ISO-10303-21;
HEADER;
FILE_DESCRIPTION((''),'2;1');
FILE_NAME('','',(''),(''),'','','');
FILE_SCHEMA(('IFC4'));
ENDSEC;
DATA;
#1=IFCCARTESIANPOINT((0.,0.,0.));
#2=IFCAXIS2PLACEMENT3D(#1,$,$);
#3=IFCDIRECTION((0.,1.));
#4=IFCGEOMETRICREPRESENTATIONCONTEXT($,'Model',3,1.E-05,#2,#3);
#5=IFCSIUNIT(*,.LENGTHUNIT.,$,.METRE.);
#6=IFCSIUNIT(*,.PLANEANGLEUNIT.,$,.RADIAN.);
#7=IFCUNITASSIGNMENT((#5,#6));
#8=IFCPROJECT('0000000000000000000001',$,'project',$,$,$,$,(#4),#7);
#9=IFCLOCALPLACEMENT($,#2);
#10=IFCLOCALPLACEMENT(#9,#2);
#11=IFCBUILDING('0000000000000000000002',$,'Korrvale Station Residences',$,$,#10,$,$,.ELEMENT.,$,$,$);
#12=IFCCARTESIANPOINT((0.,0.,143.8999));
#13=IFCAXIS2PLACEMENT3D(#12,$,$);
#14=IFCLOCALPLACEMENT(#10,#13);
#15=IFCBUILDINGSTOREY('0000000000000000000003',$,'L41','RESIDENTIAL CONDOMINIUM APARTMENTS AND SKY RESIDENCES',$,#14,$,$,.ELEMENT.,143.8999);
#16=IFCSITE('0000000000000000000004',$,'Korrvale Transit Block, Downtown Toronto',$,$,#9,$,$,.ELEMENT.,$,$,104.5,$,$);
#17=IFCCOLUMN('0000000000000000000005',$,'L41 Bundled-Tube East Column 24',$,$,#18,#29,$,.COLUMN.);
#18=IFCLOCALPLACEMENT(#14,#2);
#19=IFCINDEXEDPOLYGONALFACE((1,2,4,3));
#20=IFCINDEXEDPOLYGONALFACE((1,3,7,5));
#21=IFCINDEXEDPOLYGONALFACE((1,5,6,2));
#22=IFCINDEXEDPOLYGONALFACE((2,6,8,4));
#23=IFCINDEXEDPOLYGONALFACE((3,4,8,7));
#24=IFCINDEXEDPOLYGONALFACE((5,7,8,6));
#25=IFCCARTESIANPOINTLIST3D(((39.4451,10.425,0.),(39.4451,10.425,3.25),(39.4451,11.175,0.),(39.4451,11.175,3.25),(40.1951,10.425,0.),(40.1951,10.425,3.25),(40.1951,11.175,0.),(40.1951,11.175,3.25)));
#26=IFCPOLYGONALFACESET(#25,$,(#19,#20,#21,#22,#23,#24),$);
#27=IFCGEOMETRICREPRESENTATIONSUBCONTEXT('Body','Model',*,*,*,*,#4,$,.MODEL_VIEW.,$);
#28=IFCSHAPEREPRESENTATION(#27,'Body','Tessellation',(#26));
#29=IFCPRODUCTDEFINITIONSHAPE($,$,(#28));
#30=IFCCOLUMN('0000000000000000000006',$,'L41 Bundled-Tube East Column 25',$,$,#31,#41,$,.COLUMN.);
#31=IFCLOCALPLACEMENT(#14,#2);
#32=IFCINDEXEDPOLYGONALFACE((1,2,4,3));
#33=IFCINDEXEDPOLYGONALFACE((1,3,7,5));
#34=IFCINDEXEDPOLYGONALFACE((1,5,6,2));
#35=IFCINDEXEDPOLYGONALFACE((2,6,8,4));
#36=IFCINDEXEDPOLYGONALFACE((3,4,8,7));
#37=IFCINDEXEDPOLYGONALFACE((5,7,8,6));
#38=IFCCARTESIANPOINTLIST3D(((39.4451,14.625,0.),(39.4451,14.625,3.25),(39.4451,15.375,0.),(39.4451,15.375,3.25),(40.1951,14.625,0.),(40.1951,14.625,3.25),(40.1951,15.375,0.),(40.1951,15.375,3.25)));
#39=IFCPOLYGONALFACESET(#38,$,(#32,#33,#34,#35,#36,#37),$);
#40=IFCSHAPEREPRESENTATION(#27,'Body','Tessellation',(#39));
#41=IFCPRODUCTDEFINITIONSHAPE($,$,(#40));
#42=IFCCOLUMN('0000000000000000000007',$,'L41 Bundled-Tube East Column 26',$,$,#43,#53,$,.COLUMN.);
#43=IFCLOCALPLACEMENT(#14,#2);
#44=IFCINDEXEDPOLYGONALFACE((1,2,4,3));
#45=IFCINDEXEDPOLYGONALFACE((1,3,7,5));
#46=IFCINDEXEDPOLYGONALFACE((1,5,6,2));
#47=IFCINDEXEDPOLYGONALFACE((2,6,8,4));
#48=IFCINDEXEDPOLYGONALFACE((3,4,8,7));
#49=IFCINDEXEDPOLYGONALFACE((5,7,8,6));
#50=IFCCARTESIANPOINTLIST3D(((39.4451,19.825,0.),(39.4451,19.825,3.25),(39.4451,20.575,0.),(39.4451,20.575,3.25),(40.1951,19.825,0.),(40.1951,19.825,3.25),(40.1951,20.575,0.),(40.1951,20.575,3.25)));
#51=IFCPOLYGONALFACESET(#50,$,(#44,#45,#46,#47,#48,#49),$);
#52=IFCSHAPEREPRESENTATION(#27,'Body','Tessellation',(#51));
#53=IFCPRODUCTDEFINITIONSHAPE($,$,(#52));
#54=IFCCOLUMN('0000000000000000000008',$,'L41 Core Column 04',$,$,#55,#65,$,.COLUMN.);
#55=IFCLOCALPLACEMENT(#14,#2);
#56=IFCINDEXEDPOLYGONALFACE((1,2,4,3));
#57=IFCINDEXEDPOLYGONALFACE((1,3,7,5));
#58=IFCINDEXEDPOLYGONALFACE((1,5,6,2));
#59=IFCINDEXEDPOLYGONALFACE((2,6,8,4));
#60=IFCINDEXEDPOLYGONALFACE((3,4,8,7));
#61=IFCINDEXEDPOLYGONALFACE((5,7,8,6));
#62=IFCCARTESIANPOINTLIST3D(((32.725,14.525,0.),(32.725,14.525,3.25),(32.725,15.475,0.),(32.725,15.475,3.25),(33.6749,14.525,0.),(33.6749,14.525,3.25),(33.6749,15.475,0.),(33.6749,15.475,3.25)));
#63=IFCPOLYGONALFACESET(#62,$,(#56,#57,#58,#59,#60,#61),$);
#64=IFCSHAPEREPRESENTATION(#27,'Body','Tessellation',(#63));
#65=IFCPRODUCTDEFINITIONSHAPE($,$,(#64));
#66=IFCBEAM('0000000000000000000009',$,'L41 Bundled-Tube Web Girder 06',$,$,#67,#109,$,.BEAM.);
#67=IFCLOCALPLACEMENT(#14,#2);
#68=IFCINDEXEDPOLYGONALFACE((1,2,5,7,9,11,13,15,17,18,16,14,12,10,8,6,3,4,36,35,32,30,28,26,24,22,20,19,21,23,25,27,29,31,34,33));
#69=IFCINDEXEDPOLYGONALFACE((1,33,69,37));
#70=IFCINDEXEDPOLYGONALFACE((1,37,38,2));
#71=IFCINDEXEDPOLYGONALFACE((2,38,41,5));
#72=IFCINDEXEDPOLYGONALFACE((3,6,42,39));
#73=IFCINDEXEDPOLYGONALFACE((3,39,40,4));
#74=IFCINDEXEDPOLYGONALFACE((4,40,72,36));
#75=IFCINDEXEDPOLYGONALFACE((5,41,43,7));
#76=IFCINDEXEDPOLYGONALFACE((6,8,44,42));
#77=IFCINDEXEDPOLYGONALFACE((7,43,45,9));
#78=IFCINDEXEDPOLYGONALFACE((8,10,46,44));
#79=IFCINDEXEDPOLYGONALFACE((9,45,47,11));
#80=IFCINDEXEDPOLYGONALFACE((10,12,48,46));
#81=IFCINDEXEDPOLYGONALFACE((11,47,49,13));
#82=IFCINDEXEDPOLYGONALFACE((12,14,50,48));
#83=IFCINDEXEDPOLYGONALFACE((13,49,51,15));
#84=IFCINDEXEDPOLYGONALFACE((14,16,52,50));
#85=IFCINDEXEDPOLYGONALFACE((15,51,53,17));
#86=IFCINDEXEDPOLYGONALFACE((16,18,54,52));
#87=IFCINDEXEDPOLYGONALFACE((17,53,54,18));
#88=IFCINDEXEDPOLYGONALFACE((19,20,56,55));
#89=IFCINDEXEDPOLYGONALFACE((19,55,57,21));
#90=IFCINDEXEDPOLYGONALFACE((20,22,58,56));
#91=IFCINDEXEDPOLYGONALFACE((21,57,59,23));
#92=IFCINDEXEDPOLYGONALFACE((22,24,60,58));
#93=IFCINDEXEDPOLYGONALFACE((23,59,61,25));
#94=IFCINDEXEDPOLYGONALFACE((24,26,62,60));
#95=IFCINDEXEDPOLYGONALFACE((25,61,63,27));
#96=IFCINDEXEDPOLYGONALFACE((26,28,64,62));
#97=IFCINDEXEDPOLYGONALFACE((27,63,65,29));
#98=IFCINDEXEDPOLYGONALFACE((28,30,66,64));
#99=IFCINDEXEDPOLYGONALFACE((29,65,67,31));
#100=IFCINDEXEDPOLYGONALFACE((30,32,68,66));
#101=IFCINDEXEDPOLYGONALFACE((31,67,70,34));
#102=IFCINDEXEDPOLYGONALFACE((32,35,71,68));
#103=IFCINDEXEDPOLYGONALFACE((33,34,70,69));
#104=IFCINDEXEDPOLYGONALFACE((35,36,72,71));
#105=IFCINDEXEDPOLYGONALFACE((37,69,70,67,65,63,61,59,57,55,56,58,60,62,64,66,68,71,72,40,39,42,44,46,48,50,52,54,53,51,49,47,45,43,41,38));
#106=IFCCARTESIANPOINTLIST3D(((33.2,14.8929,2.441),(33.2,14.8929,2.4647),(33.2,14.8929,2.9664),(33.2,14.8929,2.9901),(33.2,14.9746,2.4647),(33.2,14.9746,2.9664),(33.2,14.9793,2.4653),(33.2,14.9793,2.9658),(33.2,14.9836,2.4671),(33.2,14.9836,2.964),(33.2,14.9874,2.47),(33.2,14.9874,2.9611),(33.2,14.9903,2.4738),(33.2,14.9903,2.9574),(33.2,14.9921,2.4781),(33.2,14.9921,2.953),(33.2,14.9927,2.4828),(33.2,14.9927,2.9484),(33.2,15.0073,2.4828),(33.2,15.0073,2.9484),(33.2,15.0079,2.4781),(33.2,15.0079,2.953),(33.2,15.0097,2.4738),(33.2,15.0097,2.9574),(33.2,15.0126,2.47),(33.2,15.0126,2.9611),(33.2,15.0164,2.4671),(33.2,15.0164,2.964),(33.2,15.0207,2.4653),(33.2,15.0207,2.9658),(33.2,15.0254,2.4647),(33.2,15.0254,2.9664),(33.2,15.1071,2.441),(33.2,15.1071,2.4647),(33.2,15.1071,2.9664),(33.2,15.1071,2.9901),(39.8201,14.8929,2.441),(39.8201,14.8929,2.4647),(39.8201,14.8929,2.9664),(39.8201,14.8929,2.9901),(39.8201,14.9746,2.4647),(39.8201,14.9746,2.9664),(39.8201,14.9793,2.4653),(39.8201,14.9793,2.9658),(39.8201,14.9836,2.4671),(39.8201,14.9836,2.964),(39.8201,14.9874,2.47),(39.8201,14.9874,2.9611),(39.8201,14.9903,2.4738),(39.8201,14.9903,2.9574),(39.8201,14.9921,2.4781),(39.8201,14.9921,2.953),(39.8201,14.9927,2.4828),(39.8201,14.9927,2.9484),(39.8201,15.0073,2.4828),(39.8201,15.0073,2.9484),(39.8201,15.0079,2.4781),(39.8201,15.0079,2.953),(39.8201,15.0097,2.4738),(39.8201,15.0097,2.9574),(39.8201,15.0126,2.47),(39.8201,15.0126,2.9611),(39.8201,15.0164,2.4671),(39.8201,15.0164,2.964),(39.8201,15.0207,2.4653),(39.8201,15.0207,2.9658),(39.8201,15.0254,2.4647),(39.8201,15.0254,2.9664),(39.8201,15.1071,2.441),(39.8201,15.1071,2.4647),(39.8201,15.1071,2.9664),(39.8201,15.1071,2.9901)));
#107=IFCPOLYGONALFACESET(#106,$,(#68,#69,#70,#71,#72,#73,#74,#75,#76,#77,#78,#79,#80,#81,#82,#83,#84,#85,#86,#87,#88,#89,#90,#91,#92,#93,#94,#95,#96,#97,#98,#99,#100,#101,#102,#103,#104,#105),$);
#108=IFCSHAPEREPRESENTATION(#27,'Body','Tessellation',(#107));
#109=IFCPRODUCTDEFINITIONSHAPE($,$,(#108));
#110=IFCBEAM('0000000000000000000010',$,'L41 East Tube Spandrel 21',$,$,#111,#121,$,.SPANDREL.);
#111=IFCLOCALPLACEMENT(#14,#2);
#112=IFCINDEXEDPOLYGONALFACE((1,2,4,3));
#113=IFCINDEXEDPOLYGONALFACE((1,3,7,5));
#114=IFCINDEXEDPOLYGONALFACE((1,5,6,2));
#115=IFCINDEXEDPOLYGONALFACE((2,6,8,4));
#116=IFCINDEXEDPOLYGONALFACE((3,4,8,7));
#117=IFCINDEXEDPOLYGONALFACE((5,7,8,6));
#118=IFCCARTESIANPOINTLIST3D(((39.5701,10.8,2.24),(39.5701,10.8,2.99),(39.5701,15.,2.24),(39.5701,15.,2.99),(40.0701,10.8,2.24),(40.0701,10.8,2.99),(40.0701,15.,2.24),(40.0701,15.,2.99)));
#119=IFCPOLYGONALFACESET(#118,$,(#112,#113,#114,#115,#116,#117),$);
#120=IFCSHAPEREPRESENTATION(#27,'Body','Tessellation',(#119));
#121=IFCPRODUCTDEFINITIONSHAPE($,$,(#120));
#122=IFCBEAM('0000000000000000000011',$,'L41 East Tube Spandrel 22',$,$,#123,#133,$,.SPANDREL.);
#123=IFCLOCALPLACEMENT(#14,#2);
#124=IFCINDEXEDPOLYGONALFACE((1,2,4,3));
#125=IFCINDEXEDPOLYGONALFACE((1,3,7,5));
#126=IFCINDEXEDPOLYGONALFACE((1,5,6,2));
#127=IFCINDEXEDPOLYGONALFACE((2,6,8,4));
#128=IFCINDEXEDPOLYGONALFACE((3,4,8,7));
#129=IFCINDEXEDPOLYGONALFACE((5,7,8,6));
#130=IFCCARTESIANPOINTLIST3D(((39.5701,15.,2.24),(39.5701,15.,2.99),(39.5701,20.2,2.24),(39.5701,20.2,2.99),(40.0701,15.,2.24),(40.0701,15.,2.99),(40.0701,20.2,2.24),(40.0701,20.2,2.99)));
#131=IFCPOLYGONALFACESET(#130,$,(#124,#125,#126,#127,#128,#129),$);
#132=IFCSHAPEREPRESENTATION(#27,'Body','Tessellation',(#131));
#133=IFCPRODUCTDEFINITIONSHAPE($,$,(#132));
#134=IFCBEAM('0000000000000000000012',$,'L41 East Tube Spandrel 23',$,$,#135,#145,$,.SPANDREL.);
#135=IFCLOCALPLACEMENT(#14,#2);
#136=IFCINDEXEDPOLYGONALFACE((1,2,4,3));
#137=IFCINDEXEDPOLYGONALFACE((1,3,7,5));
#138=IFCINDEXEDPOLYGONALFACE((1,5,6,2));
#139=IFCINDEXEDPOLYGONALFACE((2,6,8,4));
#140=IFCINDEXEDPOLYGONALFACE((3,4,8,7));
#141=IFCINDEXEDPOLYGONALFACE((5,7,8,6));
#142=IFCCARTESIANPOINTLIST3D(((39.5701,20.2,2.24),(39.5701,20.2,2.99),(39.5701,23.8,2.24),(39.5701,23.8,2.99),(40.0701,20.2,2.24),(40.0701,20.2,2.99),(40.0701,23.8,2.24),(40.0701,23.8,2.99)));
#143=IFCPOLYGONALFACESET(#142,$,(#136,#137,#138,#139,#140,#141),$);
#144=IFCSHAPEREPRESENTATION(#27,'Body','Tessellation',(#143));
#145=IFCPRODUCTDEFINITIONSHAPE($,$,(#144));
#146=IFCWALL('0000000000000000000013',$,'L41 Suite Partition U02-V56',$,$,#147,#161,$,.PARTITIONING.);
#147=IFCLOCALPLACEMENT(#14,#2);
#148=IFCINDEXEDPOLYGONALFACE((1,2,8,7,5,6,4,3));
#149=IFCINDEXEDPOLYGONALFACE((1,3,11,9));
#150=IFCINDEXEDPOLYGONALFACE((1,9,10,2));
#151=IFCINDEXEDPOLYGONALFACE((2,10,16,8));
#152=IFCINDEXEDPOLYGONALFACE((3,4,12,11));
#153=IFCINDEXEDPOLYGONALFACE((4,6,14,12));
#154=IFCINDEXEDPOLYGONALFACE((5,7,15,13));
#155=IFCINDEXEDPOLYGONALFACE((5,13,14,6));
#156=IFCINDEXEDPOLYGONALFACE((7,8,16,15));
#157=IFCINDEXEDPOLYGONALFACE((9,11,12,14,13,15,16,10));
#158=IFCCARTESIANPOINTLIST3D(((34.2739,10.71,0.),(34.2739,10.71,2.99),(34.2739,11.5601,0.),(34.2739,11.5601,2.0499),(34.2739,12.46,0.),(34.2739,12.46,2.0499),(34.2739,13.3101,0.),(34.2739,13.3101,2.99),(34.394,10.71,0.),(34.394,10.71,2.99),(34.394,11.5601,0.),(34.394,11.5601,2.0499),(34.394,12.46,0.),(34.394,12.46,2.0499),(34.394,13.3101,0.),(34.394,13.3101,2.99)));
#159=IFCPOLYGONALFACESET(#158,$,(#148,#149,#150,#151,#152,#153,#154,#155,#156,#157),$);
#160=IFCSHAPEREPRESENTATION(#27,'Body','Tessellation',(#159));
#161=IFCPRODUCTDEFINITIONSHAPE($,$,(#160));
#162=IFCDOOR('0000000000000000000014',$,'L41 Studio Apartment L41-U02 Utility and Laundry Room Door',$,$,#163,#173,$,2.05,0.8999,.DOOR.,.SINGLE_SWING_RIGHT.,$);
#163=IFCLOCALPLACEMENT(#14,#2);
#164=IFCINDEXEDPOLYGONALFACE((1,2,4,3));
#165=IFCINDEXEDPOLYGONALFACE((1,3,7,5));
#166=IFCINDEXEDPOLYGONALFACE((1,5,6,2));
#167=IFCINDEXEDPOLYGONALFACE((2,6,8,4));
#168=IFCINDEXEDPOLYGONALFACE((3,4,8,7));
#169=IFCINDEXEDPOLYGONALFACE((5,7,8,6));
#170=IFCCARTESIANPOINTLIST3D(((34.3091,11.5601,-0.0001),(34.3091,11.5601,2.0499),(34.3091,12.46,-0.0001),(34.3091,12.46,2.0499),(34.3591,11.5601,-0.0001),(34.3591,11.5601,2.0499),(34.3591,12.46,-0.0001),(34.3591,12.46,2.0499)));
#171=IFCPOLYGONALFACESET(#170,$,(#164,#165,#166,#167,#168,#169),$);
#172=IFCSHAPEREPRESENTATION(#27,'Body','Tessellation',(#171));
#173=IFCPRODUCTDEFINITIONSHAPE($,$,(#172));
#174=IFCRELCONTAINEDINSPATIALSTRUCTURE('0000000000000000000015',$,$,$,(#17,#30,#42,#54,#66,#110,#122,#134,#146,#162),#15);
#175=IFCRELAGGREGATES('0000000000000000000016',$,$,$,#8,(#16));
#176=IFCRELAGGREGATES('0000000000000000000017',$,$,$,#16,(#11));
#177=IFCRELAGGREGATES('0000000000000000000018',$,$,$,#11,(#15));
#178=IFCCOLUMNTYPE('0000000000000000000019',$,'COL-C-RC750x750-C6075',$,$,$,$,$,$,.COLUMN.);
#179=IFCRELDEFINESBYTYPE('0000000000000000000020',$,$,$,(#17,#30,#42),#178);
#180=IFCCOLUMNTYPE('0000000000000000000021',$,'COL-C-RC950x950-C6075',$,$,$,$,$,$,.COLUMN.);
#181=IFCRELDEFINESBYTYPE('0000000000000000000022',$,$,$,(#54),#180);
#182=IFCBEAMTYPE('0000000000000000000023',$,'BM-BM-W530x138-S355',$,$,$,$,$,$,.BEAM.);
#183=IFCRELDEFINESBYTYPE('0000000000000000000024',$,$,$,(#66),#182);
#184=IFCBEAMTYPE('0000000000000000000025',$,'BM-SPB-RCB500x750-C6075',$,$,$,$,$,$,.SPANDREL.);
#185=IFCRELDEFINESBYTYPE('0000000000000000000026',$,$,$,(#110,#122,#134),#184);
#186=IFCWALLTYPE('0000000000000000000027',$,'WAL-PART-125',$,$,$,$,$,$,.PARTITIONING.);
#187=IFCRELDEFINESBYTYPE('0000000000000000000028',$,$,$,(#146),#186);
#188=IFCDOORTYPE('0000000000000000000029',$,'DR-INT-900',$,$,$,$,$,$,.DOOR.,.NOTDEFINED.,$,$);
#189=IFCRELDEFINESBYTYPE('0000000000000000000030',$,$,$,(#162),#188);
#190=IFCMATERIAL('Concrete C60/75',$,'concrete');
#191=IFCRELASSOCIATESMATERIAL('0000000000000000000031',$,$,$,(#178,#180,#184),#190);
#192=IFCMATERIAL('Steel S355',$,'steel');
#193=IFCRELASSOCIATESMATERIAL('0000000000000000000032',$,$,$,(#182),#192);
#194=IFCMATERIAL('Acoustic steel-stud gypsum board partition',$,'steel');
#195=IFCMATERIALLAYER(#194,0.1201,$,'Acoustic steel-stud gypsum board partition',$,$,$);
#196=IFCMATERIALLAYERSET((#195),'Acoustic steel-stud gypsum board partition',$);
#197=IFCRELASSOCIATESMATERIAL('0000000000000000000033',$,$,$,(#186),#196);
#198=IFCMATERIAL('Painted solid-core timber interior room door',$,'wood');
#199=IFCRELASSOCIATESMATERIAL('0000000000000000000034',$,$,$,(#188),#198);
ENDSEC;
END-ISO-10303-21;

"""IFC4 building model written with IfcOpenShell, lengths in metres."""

from ifc_helpers import new_model, si_unit, direction, frame, frame_2d, origin, origin_2d, place, context, subcontext, project, spatial, rectangle, i_section, extrude, material, layer, layer_set, material_profile, profile_set, type_object, element, fill, save


model = new_model("IFC4")

# Units and contexts
model_context = context("Model", 3, precision=1e-05, world=origin(), true_north=direction((0.0, 1.0)))
body_context = subcontext(model_context, "Body", "Model", "MODEL_VIEW")
ifc_project = project(units=[si_unit("LENGTHUNIT", "METRE"), si_unit("PLANEANGLEUNIT", "RADIAN")], contexts=[model_context])

# Site, building, storey
site_placement = place(None, origin())
site = spatial("IfcSite", under=ifc_project, at=site_placement, Name="Korrvale Transit Block, Downtown Toronto", CompositionType="ELEMENT", RefElevation=104.5)
building_placement = place(site_placement, origin())
building = spatial("IfcBuilding", under=site, at=building_placement, Name="Korrvale Station Residences", CompositionType="ELEMENT")
storey_placement = place(building_placement, frame((0.0, 0.0, 143.8999)))
storey = spatial("IfcBuildingStorey", under=building, at=storey_placement, Name="L41", Description="RESIDENTIAL CONDOMINIUM APARTMENTS AND SKY RESIDENCES", CompositionType="ELEMENT", Elevation=143.8999)

# Columns
ifc_material_1 = material(Name="Concrete C60/75", Category="concrete")
ifc_material_profile_1 = material_profile(ifc_material_1, rectangle(XDim=0.75, YDim=0.75, at=origin_2d()), Name="RC750x750")
ifc_profile_set_1 = profile_set([ifc_material_profile_1], Name="Concrete C60/75")
column_type_1 = type_object("IfcColumnType", Name="COL-C-RC750x750-C6075", PredefinedType="COLUMN", material=ifc_profile_set_1)
for number, where, z_axis, x_axis, name in (
    (1, (39.8201, 10.8, 0.0), (0.0, 0.0, 1.0), (1.0, 0.0, 0.0), "L41 Bundled-Tube East Column 24"),
    (2, (39.8201, 15.0, 0.0), (0.0, 0.0, 1.0), (1.0, 0.0, 0.0), "L41 Bundled-Tube East Column 25"),
    (3, (39.8201, 20.2, 0.0), (0.0, 0.0, 1.0), (1.0, 0.0, 0.0), "L41 Bundled-Tube East Column 26"),
):
    element("IfcColumn", number, at=place(storey_placement, frame(where, z_axis=z_axis, x_axis=x_axis)), inside=storey, type_object=column_type_1, Name=name, PredefinedType="COLUMN", context=body_context, shape_type="SweptSolid", body=[
        extrude(rectangle(XDim=0.75, YDim=0.75, at=origin_2d()), origin(), (0.0, 0.0, 1.0), 3.25),
    ])
ifc_material_profile_2 = material_profile(ifc_material_1, rectangle(XDim=0.95, YDim=0.95, at=origin_2d()), Name="RC950x950")
ifc_profile_set_2 = profile_set([ifc_material_profile_2], Name="Concrete C60/75")
column_type_2 = type_object("IfcColumnType", Name="COL-C-RC950x950-C6075", PredefinedType="COLUMN", material=ifc_profile_set_2)
column_placement = place(storey_placement, frame((33.2, 15.0, 0.0), z_axis=(0.0, 0.0, 1.0), x_axis=(1.0, 0.0, 0.0)))
element("IfcColumn", 4, at=column_placement, inside=storey, type_object=column_type_2, Name="L41 Core Column 04", PredefinedType="COLUMN", context=body_context, shape_type="SweptSolid", body=[
    extrude(rectangle(XDim=0.95, YDim=0.95, at=origin_2d()), origin(), (0.0, 0.0, 1.0), 3.25),
])

# Beams
ifc_material_2 = material(Name="Steel S355", Category="steel")
ifc_material_profile_3 = material_profile(ifc_material_2, i_section(OverallWidth=0.2141, OverallDepth=0.5491, WebThickness=0.0146, FlangeThickness=0.0237, FilletRadius=0.0181, at=origin_2d()), Name="W530x138")
ifc_profile_set_3 = profile_set([ifc_material_profile_3], Name="Steel S355")
beam_type_1 = type_object("IfcBeamType", Name="BM-BM-W530x138-S355", PredefinedType="BEAM", material=ifc_profile_set_3)
beam_1_placement = place(storey_placement, frame((33.2, 15.0, 2.7156), z_axis=(1.0, 0.0, 0.0), x_axis=(0.0, 1.0, 0.0)))
element("IfcBeam", 5, at=beam_1_placement, inside=storey, type_object=beam_type_1, Name="L41 Bundled-Tube Web Girder 06", PredefinedType="BEAM", context=body_context, shape_type="SweptSolid", body=[
    extrude(i_section(OverallWidth=0.2141, OverallDepth=0.5491, WebThickness=0.0146, FlangeThickness=0.0237, FilletRadius=0.0181, at=origin_2d()), origin(), (0.0, 0.0, 1.0), 6.6201),
])
ifc_material_profile_4 = material_profile(ifc_material_1, rectangle(XDim=0.5, YDim=0.75, at=origin_2d()), Name="RCB500x750")
ifc_profile_set_4 = profile_set([ifc_material_profile_4], Name="Concrete C60/75")
beam_type_2 = type_object("IfcBeamType", Name="BM-SPB-RCB500x750-C6075", PredefinedType="SPANDREL", material=ifc_profile_set_4)
beam_2_placement = place(storey_placement, frame((39.8201, 10.8, 2.615), z_axis=(0.0, 1.0, 0.0), x_axis=(-1.0, 0.0, 0.0)))
element("IfcBeam", 6, at=beam_2_placement, inside=storey, type_object=beam_type_2, Name="L41 East Tube Spandrel 21", PredefinedType="SPANDREL", context=body_context, shape_type="SweptSolid", body=[
    extrude(rectangle(XDim=0.5, YDim=0.75, at=origin_2d()), origin(), (0.0, 0.0, 1.0), 4.2),
])
beam_3_placement = place(storey_placement, frame((39.8201, 15.0, 2.615), z_axis=(0.0, 1.0, 0.0), x_axis=(-1.0, 0.0, 0.0)))
element("IfcBeam", 7, at=beam_3_placement, inside=storey, type_object=beam_type_2, Name="L41 East Tube Spandrel 22", PredefinedType="SPANDREL", context=body_context, shape_type="SweptSolid", body=[
    extrude(rectangle(XDim=0.5, YDim=0.75, at=origin_2d()), origin(), (0.0, 0.0, 1.0), 5.2),
])
beam_4_placement = place(storey_placement, frame((39.8201, 20.2, 2.615), z_axis=(0.0, 1.0, 0.0), x_axis=(-1.0, 0.0, 0.0)))
element("IfcBeam", 8, at=beam_4_placement, inside=storey, type_object=beam_type_2, Name="L41 East Tube Spandrel 23", PredefinedType="SPANDREL", context=body_context, shape_type="SweptSolid", body=[
    extrude(rectangle(XDim=0.5, YDim=0.75, at=origin_2d()), origin(), (0.0, 0.0, 1.0), 3.6001),
])

# Wall, opening, door
ifc_material_3 = material(Name="Acoustic steel-stud gypsum board partition", Category="steel")
ifc_layer_1 = layer(ifc_material_3, 0.1201, Name="Acoustic steel-stud gypsum board partition")
ifc_layer_set_1 = layer_set([ifc_layer_1], Name="Acoustic steel-stud gypsum board partition")
wall_type_1 = type_object("IfcWallType", Name="WAL-PART-125", PredefinedType="PARTITIONING", material=ifc_layer_set_1)
wall_1_placement = place(storey_placement, frame((34.334, 10.71, 0.0), z_axis=(0.0, 0.0, 1.0), x_axis=(0.0, 1.0, 0.0)))
wall_1 = element("IfcWall", 9, at=wall_1_placement, inside=storey, type_object=wall_type_1, Name="L41 Suite Partition U02-V56", PredefinedType="PARTITIONING", context=body_context, shape_type="SweptSolid", body=[
    extrude(rectangle(XDim=2.6001, YDim=0.1201, at=frame_2d((1.3, 0.0))), origin(), (0.0, 0.0, 1.0), 2.99),
])
opening_1_placement = place(wall_1_placement, frame((0.8501, 0.0, 0.0)))
opening_1 = element("IfcOpeningElement", 10, at=opening_1_placement, cuts=wall_1, PredefinedType="OPENING", context=body_context, shape_type="SweptSolid", body=[
    extrude(rectangle(XDim=0.8999, YDim=2.05, at=frame_2d((0.45, 1.0249))), frame((0.0, 0.0701, 0.0), z_axis=(0.0, -1.0, 0.0), x_axis=(1.0, 0.0, 0.0)), (0.0, 0.0, 1.0), 0.1401),
])
ifc_material_4 = material(Name="Painted solid-core timber interior room door", Category="wood")
door_type_1 = type_object("IfcDoorType", Name="DR-INT-900", OperationType="NOTDEFINED", PredefinedType="DOOR", material=ifc_material_4)
door_1_placement = place(opening_1_placement, origin())
door_1 = element("IfcDoor", 11, at=door_1_placement, inside=storey, type_object=door_type_1, Name="L41 Studio Apartment L41-U02 Utility and Laundry Room Door", OperationType="SINGLE_SWING_RIGHT", OverallHeight=2.05, OverallWidth=0.8999, PredefinedType="DOOR", context=body_context, shape_type="SweptSolid", body=[
    extrude(rectangle(XDim=0.8999, YDim=2.05, at=frame_2d((0.45, 1.0249))), frame((0.0, 0.0249, 0.0), z_axis=(0.0, -1.0, 0.0), x_axis=(1.0, 0.0, 0.0)), (0.0, 0.0, 1.0), 0.05),
])
fill(opening_1, door_1)

save(model, "model.ifc")
